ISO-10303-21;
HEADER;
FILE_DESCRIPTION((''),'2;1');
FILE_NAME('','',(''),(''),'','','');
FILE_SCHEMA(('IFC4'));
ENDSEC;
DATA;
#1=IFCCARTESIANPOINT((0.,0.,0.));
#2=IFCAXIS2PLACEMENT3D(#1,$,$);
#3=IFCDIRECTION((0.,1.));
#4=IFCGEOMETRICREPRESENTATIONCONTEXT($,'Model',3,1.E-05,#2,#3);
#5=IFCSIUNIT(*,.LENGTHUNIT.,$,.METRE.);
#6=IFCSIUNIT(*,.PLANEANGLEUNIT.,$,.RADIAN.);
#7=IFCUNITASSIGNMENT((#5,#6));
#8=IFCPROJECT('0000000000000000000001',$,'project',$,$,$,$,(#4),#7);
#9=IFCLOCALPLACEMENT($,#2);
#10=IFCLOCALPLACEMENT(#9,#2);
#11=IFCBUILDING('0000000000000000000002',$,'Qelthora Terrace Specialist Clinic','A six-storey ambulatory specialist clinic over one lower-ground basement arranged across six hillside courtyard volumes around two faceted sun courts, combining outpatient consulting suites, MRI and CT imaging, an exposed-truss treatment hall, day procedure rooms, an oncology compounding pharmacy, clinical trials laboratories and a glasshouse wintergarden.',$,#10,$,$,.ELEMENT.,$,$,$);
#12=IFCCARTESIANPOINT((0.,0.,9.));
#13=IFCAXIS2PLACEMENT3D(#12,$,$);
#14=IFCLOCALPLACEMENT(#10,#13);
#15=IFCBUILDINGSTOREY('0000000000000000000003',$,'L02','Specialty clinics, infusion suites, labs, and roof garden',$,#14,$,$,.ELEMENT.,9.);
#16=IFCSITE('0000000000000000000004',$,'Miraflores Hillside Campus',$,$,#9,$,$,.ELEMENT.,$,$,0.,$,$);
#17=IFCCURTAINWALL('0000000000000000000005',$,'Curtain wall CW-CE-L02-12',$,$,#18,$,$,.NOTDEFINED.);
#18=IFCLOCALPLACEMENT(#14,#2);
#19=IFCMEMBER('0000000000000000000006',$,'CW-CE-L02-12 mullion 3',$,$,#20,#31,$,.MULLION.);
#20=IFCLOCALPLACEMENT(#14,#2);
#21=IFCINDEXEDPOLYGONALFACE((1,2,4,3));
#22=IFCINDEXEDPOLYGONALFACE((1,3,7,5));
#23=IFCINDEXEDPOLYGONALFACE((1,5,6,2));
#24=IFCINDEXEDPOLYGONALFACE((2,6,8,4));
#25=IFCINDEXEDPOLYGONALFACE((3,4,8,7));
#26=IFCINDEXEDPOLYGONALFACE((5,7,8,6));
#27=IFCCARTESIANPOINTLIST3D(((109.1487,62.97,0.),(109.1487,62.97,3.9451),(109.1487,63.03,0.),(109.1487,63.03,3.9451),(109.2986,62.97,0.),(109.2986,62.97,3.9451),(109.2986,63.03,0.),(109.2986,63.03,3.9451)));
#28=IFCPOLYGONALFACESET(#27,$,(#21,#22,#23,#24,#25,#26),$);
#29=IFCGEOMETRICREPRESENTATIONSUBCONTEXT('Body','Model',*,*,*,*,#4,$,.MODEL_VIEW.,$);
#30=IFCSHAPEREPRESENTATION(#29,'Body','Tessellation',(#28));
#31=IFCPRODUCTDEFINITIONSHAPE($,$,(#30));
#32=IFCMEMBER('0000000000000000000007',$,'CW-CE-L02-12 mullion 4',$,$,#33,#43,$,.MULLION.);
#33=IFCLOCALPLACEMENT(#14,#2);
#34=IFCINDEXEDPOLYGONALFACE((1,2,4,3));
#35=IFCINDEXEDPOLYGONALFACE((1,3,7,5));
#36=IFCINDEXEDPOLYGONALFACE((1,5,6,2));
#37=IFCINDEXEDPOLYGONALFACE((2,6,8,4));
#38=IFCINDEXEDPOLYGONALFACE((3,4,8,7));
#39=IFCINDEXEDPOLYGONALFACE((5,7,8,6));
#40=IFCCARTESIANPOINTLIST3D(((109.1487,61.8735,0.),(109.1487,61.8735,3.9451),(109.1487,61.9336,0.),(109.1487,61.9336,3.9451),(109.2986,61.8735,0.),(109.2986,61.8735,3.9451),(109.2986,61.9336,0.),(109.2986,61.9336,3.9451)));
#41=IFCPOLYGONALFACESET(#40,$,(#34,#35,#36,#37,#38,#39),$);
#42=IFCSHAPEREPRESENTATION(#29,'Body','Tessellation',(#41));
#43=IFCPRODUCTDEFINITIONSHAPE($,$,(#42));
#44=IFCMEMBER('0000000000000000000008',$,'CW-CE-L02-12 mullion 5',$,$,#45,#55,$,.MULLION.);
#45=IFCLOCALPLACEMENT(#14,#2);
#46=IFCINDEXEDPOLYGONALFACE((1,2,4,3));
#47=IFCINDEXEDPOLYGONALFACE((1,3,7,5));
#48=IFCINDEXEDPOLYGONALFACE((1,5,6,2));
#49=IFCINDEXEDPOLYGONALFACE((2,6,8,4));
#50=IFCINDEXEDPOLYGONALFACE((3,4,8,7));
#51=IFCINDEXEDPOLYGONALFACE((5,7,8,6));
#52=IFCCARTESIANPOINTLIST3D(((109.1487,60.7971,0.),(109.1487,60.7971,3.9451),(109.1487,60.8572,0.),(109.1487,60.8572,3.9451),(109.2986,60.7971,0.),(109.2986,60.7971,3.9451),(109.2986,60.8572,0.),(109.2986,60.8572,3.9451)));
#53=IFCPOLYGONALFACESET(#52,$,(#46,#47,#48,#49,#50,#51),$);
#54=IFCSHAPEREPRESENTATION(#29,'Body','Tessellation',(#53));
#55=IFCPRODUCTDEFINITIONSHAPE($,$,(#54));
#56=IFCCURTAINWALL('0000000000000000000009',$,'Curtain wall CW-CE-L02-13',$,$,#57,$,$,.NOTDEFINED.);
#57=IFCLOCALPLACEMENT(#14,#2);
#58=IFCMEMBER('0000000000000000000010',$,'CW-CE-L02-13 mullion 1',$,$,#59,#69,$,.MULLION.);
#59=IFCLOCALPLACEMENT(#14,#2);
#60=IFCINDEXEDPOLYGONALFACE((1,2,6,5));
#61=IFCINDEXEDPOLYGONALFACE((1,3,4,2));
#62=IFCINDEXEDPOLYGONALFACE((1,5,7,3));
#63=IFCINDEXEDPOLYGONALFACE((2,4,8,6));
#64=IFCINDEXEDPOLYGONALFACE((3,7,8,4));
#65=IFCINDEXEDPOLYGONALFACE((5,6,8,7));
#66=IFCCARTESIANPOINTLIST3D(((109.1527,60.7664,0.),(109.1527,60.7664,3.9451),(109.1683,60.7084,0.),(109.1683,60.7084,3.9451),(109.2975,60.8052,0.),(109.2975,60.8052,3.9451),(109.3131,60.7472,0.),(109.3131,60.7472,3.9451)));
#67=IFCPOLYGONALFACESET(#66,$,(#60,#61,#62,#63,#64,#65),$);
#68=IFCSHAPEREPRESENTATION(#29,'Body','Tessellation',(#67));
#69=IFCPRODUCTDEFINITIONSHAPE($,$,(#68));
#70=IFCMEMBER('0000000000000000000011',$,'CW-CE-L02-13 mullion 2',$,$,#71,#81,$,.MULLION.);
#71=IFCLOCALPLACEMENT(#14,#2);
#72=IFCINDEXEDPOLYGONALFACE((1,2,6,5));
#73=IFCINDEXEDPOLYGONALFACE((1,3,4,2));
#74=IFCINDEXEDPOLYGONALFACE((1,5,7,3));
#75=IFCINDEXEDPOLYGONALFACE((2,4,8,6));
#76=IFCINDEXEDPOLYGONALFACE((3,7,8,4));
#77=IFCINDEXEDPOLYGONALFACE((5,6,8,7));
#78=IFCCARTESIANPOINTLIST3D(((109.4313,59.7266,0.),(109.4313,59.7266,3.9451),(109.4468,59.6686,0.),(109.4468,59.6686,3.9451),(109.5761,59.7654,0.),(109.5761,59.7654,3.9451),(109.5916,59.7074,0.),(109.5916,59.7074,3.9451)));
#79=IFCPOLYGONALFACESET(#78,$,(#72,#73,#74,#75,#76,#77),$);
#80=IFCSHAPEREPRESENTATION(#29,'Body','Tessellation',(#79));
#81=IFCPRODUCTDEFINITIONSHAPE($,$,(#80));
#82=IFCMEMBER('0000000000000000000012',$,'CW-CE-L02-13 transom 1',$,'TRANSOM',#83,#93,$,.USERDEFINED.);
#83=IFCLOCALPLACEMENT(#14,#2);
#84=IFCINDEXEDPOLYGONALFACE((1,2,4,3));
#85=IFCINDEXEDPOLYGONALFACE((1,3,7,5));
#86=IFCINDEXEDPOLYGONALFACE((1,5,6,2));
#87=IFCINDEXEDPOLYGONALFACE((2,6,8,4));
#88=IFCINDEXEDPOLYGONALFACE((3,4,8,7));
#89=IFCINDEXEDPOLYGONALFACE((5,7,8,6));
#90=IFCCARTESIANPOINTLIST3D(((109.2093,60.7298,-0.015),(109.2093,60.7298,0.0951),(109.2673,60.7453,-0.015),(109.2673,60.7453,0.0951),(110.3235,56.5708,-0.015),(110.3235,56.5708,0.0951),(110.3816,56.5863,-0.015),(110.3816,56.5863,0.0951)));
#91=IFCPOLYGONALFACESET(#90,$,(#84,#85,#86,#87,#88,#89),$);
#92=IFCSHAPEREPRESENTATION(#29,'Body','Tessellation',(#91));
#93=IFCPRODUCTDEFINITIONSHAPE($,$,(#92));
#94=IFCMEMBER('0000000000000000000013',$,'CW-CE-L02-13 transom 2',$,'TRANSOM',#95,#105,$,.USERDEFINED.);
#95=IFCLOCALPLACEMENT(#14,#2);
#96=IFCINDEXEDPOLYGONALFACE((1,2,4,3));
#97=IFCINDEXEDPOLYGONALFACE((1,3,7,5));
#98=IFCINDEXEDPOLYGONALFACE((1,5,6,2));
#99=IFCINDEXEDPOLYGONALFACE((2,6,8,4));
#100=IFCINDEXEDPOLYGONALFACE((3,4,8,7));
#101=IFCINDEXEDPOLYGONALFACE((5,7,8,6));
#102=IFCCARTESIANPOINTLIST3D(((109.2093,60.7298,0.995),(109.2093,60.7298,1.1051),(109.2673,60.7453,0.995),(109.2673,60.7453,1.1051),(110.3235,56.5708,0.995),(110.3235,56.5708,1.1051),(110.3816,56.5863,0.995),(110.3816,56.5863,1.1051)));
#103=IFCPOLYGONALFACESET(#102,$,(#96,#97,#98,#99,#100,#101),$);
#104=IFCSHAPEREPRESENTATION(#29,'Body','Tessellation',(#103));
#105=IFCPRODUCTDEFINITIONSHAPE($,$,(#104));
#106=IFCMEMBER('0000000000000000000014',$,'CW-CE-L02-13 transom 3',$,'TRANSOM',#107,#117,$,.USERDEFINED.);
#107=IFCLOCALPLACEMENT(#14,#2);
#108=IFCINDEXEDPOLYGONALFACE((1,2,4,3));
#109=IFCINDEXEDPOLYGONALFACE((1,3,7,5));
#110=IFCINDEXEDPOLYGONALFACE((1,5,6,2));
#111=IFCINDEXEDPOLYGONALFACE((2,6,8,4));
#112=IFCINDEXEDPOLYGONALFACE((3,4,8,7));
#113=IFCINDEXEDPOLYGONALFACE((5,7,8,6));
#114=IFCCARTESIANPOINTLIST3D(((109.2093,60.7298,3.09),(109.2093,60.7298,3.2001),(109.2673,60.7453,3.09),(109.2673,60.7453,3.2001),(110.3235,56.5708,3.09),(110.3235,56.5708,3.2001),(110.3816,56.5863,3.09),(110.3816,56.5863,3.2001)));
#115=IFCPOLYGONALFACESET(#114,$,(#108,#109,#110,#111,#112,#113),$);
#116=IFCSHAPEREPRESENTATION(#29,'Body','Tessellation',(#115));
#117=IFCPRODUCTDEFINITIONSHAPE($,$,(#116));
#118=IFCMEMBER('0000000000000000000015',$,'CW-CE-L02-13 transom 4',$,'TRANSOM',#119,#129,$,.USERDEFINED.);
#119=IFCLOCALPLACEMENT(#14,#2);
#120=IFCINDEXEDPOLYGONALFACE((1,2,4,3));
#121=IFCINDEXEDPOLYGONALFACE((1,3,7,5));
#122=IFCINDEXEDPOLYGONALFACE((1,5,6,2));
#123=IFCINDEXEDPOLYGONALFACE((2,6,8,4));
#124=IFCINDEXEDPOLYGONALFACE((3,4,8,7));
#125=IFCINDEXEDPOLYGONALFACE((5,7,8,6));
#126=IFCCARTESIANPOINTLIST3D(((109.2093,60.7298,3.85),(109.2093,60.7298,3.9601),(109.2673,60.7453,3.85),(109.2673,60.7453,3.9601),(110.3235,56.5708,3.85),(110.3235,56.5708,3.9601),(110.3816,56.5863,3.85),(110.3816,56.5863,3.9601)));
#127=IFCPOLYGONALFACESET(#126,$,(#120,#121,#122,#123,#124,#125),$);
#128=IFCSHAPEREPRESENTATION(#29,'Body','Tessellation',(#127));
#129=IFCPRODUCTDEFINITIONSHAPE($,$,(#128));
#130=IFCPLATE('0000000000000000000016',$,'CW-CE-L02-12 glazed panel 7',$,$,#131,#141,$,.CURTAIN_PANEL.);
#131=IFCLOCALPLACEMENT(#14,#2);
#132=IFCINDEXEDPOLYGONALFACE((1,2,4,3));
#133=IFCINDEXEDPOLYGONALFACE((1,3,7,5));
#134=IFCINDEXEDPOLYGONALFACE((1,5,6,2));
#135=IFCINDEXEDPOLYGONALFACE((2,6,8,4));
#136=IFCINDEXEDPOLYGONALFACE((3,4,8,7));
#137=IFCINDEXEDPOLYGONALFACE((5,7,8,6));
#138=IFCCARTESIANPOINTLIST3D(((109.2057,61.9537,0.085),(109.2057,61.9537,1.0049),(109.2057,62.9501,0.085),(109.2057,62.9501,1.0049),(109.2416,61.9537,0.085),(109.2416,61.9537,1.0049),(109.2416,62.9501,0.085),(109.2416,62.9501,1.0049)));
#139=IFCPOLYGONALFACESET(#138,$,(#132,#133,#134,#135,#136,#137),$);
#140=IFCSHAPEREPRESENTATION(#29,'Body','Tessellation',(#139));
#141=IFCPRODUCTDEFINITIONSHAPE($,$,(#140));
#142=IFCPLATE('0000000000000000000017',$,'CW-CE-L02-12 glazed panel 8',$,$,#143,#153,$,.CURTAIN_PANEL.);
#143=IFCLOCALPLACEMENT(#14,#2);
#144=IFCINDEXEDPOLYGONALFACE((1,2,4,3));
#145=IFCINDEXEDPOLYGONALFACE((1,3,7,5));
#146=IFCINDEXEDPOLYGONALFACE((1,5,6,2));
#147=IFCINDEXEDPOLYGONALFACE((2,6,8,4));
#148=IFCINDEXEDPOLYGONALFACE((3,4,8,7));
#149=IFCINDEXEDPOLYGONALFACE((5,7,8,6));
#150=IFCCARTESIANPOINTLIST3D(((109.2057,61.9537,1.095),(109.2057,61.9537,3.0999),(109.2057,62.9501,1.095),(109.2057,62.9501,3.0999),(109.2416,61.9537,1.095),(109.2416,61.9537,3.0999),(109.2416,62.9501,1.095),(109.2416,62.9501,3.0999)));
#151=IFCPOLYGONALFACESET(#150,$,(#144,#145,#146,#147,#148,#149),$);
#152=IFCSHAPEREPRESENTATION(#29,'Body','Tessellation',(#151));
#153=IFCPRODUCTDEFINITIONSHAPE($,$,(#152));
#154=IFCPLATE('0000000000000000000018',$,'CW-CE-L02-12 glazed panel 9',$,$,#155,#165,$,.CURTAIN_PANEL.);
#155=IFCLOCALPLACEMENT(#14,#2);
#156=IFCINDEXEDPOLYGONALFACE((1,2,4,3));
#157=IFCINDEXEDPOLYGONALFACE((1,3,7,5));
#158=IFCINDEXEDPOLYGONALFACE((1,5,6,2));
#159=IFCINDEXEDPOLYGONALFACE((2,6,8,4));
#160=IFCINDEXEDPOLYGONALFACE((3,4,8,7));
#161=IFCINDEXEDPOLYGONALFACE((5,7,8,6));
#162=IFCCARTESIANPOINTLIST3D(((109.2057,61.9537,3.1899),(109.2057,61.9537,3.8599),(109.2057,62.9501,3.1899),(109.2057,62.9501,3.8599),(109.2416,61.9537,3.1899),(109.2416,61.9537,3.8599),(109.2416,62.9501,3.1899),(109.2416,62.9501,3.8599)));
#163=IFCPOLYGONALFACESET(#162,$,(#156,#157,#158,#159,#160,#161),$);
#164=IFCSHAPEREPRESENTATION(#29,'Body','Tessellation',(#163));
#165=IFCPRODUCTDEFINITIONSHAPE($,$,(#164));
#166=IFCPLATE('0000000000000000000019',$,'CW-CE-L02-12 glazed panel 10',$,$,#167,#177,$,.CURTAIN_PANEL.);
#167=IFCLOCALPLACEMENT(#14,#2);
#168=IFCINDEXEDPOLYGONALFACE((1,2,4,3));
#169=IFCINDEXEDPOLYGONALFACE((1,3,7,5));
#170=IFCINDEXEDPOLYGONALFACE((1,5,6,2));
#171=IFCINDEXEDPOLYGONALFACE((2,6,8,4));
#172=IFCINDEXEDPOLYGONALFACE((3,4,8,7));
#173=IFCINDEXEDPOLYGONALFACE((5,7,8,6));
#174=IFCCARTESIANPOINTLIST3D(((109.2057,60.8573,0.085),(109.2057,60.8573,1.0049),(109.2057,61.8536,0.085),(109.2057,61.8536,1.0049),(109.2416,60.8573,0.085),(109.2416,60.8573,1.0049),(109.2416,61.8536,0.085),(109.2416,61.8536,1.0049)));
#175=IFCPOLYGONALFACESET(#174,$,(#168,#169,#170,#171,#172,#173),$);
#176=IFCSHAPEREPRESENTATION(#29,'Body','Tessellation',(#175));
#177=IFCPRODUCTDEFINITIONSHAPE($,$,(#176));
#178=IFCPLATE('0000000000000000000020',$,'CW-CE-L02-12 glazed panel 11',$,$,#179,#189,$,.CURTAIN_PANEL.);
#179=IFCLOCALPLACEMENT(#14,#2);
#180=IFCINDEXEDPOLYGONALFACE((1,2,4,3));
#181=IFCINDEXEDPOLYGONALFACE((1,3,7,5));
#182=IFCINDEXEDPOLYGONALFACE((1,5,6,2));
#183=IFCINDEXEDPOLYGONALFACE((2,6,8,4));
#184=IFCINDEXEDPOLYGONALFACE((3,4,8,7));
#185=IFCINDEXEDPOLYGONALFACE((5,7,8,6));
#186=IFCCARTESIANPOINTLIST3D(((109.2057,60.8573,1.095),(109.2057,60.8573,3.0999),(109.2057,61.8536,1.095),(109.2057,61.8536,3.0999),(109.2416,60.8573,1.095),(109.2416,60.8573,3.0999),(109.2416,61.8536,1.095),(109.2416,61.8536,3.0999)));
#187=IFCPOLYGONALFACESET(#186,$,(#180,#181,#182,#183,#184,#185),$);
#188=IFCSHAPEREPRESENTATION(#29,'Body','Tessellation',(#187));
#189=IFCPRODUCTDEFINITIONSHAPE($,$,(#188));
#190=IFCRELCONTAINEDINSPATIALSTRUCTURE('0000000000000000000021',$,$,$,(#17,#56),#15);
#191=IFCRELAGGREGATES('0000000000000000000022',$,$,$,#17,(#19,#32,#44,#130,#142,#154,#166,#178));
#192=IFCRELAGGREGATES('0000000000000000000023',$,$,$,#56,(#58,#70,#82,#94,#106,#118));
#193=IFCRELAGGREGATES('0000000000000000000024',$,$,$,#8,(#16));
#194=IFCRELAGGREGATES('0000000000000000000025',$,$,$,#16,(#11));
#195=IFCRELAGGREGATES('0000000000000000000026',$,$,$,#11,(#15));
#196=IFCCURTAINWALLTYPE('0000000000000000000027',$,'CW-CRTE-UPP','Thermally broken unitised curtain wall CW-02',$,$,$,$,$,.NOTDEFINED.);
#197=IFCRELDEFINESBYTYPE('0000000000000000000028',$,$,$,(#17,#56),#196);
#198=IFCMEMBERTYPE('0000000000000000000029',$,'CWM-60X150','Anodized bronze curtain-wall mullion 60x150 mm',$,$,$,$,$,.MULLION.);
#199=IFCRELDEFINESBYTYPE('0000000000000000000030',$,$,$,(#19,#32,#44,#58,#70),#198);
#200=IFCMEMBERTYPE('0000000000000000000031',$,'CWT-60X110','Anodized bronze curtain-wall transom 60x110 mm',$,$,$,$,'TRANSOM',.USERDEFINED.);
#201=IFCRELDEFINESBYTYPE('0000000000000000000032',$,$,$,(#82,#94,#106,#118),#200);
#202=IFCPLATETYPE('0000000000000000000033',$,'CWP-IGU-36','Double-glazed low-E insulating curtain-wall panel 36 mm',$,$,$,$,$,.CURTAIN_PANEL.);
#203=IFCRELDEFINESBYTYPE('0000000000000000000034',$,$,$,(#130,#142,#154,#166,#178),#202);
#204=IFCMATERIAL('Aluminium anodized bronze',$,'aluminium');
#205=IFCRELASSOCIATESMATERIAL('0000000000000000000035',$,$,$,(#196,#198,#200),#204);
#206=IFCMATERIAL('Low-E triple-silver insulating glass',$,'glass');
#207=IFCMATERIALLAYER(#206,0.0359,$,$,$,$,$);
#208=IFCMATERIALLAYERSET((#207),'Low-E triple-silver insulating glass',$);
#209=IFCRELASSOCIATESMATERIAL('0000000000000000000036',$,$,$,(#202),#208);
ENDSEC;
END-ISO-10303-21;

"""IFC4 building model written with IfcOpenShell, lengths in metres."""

from ifc_helpers import new_model, si_unit, direction, frame, origin, origin_2d, place, context, subcontext, project, spatial, rectangle, extrude, material, layer, layer_set, material_profile, profile_set, type_object, element, aggregate, save


model = new_model("IFC4")

# Units and contexts
model_context = context("Model", 3, precision=1e-05, world=origin(), true_north=direction((0.0, 1.0)))
body_context = subcontext(model_context, "Body", "Model", "MODEL_VIEW")
ifc_project = project(units=[si_unit("LENGTHUNIT", "METRE"), si_unit("PLANEANGLEUNIT", "RADIAN")], contexts=[model_context])

# Site, building, storey
site_placement = place(None, origin())
site = spatial("IfcSite", under=ifc_project, at=site_placement, Name="Miraflores Hillside Campus", CompositionType="ELEMENT", RefElevation=0.0)
building_placement = place(site_placement, origin())
building = spatial("IfcBuilding", under=site, at=building_placement, Name="Qelthora Terrace Specialist Clinic", Description="A six-storey ambulatory specialist clinic over one lower-ground basement arranged across six hillside courtyard volumes around two faceted sun courts, combining outpatient consulting suites, MRI and CT imaging, an exposed-truss treatment hall, day procedure rooms, an oncology compounding pharmacy, clinical trials laboratories and a glasshouse wintergarden.", CompositionType="ELEMENT")
storey_placement = place(building_placement, frame((0.0, 0.0, 9.0)))
storey = spatial("IfcBuildingStorey", under=building, at=storey_placement, Name="L02", Description="Specialty clinics, infusion suites, labs, and roof garden", CompositionType="ELEMENT", Elevation=9.0)

# Curtain walls, members
ifc_material_1 = material(Name="Aluminium anodized bronze", Category="aluminium")
curtain_wall_type = type_object("IfcCurtainWallType", Name="CW-CRTE-UPP", Description="Thermally broken unitised curtain wall CW-02", PredefinedType="NOTDEFINED", material=ifc_material_1)
curtain_wall_1_placement = place(storey_placement, origin())
curtain_wall_1 = element("IfcCurtainWall", 1, at=curtain_wall_1_placement, inside=storey, type_object=curtain_wall_type, Name="Curtain wall CW-CE-L02-12", PredefinedType="NOTDEFINED")
ifc_material_profile_1 = material_profile(ifc_material_1, rectangle(XDim=0.0601, YDim=0.1499, at=origin_2d()), Name="CWM60X150")
ifc_profile_set_1 = profile_set([ifc_material_profile_1], Name="Aluminium anodized bronze")
member_type_1 = type_object("IfcMemberType", Name="CWM-60X150", Description="Anodized bronze curtain-wall mullion 60x150 mm", PredefinedType="MULLION", material=ifc_profile_set_1)
member_1_placement = place(storey_placement, frame((109.2236, 63.0, 0.0), z_axis=(0.0, 0.0, 1.0), x_axis=(0.0, -1.0, 0.0)))
member_1 = element("IfcMember", 2, at=member_1_placement, type_object=member_type_1, Name="CW-CE-L02-12 mullion 3", PredefinedType="MULLION", context=body_context, shape_type="SweptSolid", body=[
    extrude(rectangle(XDim=0.0601, YDim=0.1499, at=origin_2d()), origin(), (0.0, 0.0, 1.0), 3.9451),
])
member_2_placement = place(storey_placement, frame((109.2236, 61.9036, 0.0), z_axis=(0.0, 0.0, 1.0), x_axis=(0.0, -1.0, 0.0)))
member_2 = element("IfcMember", 3, at=member_2_placement, type_object=member_type_1, Name="CW-CE-L02-12 mullion 4", PredefinedType="MULLION", context=body_context, shape_type="SweptSolid", body=[
    extrude(rectangle(XDim=0.0601, YDim=0.1499, at=origin_2d()), origin(), (0.0, 0.0, 1.0), 3.9451),
])
member_3_placement = place(storey_placement, frame((109.2236, 60.8271, 0.0), z_axis=(0.0, 0.0, 1.0), x_axis=(0.0, -1.0, 0.0)))
member_3 = element("IfcMember", 4, at=member_3_placement, type_object=member_type_1, Name="CW-CE-L02-12 mullion 5", PredefinedType="MULLION", context=body_context, shape_type="SweptSolid", body=[
    extrude(rectangle(XDim=0.0601, YDim=0.1499, at=origin_2d()), origin(), (0.0, 0.0, 1.0), 3.9451),
])
curtain_wall_2_placement = place(storey_placement, origin())
curtain_wall_2 = element("IfcCurtainWall", 5, at=curtain_wall_2_placement, inside=storey, type_object=curtain_wall_type, Name="Curtain wall CW-CE-L02-13", PredefinedType="NOTDEFINED")
member_4_placement = place(storey_placement, frame((109.2329, 60.7568, 0.0), z_axis=(0.0, 0.0, 1.0), x_axis=(0.25882, -0.965926, 0.0)))
member_4 = element("IfcMember", 6, at=member_4_placement, type_object=member_type_1, Name="CW-CE-L02-13 mullion 1", PredefinedType="MULLION", context=body_context, shape_type="SweptSolid", body=[
    extrude(rectangle(XDim=0.0601, YDim=0.1499, at=origin_2d()), origin(), (0.0, 0.0, 1.0), 3.9451),
])
member_5_placement = place(storey_placement, frame((109.5115, 59.717, 0.0), z_axis=(0.0, 0.0, 1.0), x_axis=(0.25882, -0.965926, 0.0)))
member_5 = element("IfcMember", 7, at=member_5_placement, type_object=member_type_1, Name="CW-CE-L02-13 mullion 2", PredefinedType="MULLION", context=body_context, shape_type="SweptSolid", body=[
    extrude(rectangle(XDim=0.0601, YDim=0.1499, at=origin_2d()), origin(), (0.0, 0.0, 1.0), 3.9451),
])
ifc_material_profile_2 = material_profile(ifc_material_1, rectangle(XDim=0.0601, YDim=0.1101, at=origin_2d()), Name="CWT60X110")
ifc_profile_set_2 = profile_set([ifc_material_profile_2], Name="Aluminium anodized bronze")
member_type_2 = type_object("IfcMemberType", Name="CWT-60X110", Description="Anodized bronze curtain-wall transom 60x110 mm", ElementType="TRANSOM", PredefinedType="USERDEFINED", material=ifc_profile_set_2)
member_6_placement = place(storey_placement, frame((109.2383, 60.7375, 0.04), z_axis=(0.258792, -0.965933, 0.0), x_axis=(0.965933, 0.258792, 0.0)))
member_6 = element("IfcMember", 8, at=member_6_placement, type_object=member_type_2, Name="CW-CE-L02-13 transom 1", ObjectType="TRANSOM", PredefinedType="USERDEFINED", context=body_context, shape_type="SweptSolid", body=[
    extrude(rectangle(XDim=0.0601, YDim=0.1101, at=origin_2d()), origin(), (0.0, 0.0, 1.0), 4.3057),
])
member_7_placement = place(storey_placement, frame((109.2383, 60.7375, 1.05), z_axis=(0.258792, -0.965933, 0.0), x_axis=(0.965933, 0.258792, 0.0)))
member_7 = element("IfcMember", 9, at=member_7_placement, type_object=member_type_2, Name="CW-CE-L02-13 transom 2", ObjectType="TRANSOM", PredefinedType="USERDEFINED", context=body_context, shape_type="SweptSolid", body=[
    extrude(rectangle(XDim=0.0601, YDim=0.1101, at=origin_2d()), origin(), (0.0, 0.0, 1.0), 4.3057),
])
member_8_placement = place(storey_placement, frame((109.2383, 60.7375, 3.145), z_axis=(0.258792, -0.965933, 0.0), x_axis=(0.965933, 0.258792, 0.0)))
member_8 = element("IfcMember", 10, at=member_8_placement, type_object=member_type_2, Name="CW-CE-L02-13 transom 3", ObjectType="TRANSOM", PredefinedType="USERDEFINED", context=body_context, shape_type="SweptSolid", body=[
    extrude(rectangle(XDim=0.0601, YDim=0.1101, at=origin_2d()), origin(), (0.0, 0.0, 1.0), 4.3057),
])
member_9_placement = place(storey_placement, frame((109.2383, 60.7375, 3.905), z_axis=(0.258792, -0.965933, 0.0), x_axis=(0.965933, 0.258792, 0.0)))
member_9 = element("IfcMember", 11, at=member_9_placement, type_object=member_type_2, Name="CW-CE-L02-13 transom 4", ObjectType="TRANSOM", PredefinedType="USERDEFINED", context=body_context, shape_type="SweptSolid", body=[
    extrude(rectangle(XDim=0.0601, YDim=0.1101, at=origin_2d()), origin(), (0.0, 0.0, 1.0), 4.3057),
])

# Plates
ifc_material_2 = material(Name="Low-E triple-silver insulating glass", Category="glass")
ifc_layer = layer(ifc_material_2, 0.0359)
ifc_layer_set = layer_set([ifc_layer], Name="Low-E triple-silver insulating glass")
plate_type = type_object("IfcPlateType", Name="CWP-IGU-36", Description="Double-glazed low-E insulating curtain-wall panel 36 mm", PredefinedType="CURTAIN_PANEL", material=ifc_layer_set)
plate_1_placement = place(storey_placement, frame((109.2236, 62.4519, 0.085), z_axis=(0.0, 0.0, 1.0), x_axis=(0.0, -1.0, 0.0)))
plate_1 = element("IfcPlate", 12, at=plate_1_placement, type_object=plate_type, Name="CW-CE-L02-12 glazed panel 7", PredefinedType="CURTAIN_PANEL", context=body_context, shape_type="SweptSolid", body=[
    extrude(rectangle(XDim=0.9963, YDim=0.0359, at=origin_2d()), origin(), (0.0, 0.0, 1.0), 0.9199),
])
plate_2_placement = place(storey_placement, frame((109.2236, 62.4519, 1.095), z_axis=(0.0, 0.0, 1.0), x_axis=(0.0, -1.0, 0.0)))
plate_2 = element("IfcPlate", 13, at=plate_2_placement, type_object=plate_type, Name="CW-CE-L02-12 glazed panel 8", PredefinedType="CURTAIN_PANEL", context=body_context, shape_type="SweptSolid", body=[
    extrude(rectangle(XDim=0.9963, YDim=0.0359, at=origin_2d()), origin(), (0.0, 0.0, 1.0), 2.0049),
])
plate_3_placement = place(storey_placement, frame((109.2236, 62.4519, 3.1899), z_axis=(0.0, 0.0, 1.0), x_axis=(0.0, -1.0, 0.0)))
plate_3 = element("IfcPlate", 14, at=plate_3_placement, type_object=plate_type, Name="CW-CE-L02-12 glazed panel 9", PredefinedType="CURTAIN_PANEL", context=body_context, shape_type="SweptSolid", body=[
    extrude(rectangle(XDim=0.9963, YDim=0.0359, at=origin_2d()), origin(), (0.0, 0.0, 1.0), 0.6699),
])
plate_4_placement = place(storey_placement, frame((109.2236, 61.3555, 0.085), z_axis=(0.0, 0.0, 1.0), x_axis=(0.0, -1.0, 0.0)))
plate_4 = element("IfcPlate", 15, at=plate_4_placement, type_object=plate_type, Name="CW-CE-L02-12 glazed panel 10", PredefinedType="CURTAIN_PANEL", context=body_context, shape_type="SweptSolid", body=[
    extrude(rectangle(XDim=0.9963, YDim=0.0359, at=origin_2d()), origin(), (0.0, 0.0, 1.0), 0.9199),
])
plate_5_placement = place(storey_placement, frame((109.2236, 61.3555, 1.095), z_axis=(0.0, 0.0, 1.0), x_axis=(0.0, -1.0, 0.0)))
plate_5 = element("IfcPlate", 16, at=plate_5_placement, type_object=plate_type, Name="CW-CE-L02-12 glazed panel 11", PredefinedType="CURTAIN_PANEL", context=body_context, shape_type="SweptSolid", body=[
    extrude(rectangle(XDim=0.9963, YDim=0.0359, at=origin_2d()), origin(), (0.0, 0.0, 1.0), 2.0049),
])
aggregate(curtain_wall_1, [member_1, member_2, member_3, plate_1, plate_2, plate_3, plate_4, plate_5])
aggregate(curtain_wall_2, [member_4, member_5, member_6, member_7, member_8, member_9])

save(model, "model.ifc")
